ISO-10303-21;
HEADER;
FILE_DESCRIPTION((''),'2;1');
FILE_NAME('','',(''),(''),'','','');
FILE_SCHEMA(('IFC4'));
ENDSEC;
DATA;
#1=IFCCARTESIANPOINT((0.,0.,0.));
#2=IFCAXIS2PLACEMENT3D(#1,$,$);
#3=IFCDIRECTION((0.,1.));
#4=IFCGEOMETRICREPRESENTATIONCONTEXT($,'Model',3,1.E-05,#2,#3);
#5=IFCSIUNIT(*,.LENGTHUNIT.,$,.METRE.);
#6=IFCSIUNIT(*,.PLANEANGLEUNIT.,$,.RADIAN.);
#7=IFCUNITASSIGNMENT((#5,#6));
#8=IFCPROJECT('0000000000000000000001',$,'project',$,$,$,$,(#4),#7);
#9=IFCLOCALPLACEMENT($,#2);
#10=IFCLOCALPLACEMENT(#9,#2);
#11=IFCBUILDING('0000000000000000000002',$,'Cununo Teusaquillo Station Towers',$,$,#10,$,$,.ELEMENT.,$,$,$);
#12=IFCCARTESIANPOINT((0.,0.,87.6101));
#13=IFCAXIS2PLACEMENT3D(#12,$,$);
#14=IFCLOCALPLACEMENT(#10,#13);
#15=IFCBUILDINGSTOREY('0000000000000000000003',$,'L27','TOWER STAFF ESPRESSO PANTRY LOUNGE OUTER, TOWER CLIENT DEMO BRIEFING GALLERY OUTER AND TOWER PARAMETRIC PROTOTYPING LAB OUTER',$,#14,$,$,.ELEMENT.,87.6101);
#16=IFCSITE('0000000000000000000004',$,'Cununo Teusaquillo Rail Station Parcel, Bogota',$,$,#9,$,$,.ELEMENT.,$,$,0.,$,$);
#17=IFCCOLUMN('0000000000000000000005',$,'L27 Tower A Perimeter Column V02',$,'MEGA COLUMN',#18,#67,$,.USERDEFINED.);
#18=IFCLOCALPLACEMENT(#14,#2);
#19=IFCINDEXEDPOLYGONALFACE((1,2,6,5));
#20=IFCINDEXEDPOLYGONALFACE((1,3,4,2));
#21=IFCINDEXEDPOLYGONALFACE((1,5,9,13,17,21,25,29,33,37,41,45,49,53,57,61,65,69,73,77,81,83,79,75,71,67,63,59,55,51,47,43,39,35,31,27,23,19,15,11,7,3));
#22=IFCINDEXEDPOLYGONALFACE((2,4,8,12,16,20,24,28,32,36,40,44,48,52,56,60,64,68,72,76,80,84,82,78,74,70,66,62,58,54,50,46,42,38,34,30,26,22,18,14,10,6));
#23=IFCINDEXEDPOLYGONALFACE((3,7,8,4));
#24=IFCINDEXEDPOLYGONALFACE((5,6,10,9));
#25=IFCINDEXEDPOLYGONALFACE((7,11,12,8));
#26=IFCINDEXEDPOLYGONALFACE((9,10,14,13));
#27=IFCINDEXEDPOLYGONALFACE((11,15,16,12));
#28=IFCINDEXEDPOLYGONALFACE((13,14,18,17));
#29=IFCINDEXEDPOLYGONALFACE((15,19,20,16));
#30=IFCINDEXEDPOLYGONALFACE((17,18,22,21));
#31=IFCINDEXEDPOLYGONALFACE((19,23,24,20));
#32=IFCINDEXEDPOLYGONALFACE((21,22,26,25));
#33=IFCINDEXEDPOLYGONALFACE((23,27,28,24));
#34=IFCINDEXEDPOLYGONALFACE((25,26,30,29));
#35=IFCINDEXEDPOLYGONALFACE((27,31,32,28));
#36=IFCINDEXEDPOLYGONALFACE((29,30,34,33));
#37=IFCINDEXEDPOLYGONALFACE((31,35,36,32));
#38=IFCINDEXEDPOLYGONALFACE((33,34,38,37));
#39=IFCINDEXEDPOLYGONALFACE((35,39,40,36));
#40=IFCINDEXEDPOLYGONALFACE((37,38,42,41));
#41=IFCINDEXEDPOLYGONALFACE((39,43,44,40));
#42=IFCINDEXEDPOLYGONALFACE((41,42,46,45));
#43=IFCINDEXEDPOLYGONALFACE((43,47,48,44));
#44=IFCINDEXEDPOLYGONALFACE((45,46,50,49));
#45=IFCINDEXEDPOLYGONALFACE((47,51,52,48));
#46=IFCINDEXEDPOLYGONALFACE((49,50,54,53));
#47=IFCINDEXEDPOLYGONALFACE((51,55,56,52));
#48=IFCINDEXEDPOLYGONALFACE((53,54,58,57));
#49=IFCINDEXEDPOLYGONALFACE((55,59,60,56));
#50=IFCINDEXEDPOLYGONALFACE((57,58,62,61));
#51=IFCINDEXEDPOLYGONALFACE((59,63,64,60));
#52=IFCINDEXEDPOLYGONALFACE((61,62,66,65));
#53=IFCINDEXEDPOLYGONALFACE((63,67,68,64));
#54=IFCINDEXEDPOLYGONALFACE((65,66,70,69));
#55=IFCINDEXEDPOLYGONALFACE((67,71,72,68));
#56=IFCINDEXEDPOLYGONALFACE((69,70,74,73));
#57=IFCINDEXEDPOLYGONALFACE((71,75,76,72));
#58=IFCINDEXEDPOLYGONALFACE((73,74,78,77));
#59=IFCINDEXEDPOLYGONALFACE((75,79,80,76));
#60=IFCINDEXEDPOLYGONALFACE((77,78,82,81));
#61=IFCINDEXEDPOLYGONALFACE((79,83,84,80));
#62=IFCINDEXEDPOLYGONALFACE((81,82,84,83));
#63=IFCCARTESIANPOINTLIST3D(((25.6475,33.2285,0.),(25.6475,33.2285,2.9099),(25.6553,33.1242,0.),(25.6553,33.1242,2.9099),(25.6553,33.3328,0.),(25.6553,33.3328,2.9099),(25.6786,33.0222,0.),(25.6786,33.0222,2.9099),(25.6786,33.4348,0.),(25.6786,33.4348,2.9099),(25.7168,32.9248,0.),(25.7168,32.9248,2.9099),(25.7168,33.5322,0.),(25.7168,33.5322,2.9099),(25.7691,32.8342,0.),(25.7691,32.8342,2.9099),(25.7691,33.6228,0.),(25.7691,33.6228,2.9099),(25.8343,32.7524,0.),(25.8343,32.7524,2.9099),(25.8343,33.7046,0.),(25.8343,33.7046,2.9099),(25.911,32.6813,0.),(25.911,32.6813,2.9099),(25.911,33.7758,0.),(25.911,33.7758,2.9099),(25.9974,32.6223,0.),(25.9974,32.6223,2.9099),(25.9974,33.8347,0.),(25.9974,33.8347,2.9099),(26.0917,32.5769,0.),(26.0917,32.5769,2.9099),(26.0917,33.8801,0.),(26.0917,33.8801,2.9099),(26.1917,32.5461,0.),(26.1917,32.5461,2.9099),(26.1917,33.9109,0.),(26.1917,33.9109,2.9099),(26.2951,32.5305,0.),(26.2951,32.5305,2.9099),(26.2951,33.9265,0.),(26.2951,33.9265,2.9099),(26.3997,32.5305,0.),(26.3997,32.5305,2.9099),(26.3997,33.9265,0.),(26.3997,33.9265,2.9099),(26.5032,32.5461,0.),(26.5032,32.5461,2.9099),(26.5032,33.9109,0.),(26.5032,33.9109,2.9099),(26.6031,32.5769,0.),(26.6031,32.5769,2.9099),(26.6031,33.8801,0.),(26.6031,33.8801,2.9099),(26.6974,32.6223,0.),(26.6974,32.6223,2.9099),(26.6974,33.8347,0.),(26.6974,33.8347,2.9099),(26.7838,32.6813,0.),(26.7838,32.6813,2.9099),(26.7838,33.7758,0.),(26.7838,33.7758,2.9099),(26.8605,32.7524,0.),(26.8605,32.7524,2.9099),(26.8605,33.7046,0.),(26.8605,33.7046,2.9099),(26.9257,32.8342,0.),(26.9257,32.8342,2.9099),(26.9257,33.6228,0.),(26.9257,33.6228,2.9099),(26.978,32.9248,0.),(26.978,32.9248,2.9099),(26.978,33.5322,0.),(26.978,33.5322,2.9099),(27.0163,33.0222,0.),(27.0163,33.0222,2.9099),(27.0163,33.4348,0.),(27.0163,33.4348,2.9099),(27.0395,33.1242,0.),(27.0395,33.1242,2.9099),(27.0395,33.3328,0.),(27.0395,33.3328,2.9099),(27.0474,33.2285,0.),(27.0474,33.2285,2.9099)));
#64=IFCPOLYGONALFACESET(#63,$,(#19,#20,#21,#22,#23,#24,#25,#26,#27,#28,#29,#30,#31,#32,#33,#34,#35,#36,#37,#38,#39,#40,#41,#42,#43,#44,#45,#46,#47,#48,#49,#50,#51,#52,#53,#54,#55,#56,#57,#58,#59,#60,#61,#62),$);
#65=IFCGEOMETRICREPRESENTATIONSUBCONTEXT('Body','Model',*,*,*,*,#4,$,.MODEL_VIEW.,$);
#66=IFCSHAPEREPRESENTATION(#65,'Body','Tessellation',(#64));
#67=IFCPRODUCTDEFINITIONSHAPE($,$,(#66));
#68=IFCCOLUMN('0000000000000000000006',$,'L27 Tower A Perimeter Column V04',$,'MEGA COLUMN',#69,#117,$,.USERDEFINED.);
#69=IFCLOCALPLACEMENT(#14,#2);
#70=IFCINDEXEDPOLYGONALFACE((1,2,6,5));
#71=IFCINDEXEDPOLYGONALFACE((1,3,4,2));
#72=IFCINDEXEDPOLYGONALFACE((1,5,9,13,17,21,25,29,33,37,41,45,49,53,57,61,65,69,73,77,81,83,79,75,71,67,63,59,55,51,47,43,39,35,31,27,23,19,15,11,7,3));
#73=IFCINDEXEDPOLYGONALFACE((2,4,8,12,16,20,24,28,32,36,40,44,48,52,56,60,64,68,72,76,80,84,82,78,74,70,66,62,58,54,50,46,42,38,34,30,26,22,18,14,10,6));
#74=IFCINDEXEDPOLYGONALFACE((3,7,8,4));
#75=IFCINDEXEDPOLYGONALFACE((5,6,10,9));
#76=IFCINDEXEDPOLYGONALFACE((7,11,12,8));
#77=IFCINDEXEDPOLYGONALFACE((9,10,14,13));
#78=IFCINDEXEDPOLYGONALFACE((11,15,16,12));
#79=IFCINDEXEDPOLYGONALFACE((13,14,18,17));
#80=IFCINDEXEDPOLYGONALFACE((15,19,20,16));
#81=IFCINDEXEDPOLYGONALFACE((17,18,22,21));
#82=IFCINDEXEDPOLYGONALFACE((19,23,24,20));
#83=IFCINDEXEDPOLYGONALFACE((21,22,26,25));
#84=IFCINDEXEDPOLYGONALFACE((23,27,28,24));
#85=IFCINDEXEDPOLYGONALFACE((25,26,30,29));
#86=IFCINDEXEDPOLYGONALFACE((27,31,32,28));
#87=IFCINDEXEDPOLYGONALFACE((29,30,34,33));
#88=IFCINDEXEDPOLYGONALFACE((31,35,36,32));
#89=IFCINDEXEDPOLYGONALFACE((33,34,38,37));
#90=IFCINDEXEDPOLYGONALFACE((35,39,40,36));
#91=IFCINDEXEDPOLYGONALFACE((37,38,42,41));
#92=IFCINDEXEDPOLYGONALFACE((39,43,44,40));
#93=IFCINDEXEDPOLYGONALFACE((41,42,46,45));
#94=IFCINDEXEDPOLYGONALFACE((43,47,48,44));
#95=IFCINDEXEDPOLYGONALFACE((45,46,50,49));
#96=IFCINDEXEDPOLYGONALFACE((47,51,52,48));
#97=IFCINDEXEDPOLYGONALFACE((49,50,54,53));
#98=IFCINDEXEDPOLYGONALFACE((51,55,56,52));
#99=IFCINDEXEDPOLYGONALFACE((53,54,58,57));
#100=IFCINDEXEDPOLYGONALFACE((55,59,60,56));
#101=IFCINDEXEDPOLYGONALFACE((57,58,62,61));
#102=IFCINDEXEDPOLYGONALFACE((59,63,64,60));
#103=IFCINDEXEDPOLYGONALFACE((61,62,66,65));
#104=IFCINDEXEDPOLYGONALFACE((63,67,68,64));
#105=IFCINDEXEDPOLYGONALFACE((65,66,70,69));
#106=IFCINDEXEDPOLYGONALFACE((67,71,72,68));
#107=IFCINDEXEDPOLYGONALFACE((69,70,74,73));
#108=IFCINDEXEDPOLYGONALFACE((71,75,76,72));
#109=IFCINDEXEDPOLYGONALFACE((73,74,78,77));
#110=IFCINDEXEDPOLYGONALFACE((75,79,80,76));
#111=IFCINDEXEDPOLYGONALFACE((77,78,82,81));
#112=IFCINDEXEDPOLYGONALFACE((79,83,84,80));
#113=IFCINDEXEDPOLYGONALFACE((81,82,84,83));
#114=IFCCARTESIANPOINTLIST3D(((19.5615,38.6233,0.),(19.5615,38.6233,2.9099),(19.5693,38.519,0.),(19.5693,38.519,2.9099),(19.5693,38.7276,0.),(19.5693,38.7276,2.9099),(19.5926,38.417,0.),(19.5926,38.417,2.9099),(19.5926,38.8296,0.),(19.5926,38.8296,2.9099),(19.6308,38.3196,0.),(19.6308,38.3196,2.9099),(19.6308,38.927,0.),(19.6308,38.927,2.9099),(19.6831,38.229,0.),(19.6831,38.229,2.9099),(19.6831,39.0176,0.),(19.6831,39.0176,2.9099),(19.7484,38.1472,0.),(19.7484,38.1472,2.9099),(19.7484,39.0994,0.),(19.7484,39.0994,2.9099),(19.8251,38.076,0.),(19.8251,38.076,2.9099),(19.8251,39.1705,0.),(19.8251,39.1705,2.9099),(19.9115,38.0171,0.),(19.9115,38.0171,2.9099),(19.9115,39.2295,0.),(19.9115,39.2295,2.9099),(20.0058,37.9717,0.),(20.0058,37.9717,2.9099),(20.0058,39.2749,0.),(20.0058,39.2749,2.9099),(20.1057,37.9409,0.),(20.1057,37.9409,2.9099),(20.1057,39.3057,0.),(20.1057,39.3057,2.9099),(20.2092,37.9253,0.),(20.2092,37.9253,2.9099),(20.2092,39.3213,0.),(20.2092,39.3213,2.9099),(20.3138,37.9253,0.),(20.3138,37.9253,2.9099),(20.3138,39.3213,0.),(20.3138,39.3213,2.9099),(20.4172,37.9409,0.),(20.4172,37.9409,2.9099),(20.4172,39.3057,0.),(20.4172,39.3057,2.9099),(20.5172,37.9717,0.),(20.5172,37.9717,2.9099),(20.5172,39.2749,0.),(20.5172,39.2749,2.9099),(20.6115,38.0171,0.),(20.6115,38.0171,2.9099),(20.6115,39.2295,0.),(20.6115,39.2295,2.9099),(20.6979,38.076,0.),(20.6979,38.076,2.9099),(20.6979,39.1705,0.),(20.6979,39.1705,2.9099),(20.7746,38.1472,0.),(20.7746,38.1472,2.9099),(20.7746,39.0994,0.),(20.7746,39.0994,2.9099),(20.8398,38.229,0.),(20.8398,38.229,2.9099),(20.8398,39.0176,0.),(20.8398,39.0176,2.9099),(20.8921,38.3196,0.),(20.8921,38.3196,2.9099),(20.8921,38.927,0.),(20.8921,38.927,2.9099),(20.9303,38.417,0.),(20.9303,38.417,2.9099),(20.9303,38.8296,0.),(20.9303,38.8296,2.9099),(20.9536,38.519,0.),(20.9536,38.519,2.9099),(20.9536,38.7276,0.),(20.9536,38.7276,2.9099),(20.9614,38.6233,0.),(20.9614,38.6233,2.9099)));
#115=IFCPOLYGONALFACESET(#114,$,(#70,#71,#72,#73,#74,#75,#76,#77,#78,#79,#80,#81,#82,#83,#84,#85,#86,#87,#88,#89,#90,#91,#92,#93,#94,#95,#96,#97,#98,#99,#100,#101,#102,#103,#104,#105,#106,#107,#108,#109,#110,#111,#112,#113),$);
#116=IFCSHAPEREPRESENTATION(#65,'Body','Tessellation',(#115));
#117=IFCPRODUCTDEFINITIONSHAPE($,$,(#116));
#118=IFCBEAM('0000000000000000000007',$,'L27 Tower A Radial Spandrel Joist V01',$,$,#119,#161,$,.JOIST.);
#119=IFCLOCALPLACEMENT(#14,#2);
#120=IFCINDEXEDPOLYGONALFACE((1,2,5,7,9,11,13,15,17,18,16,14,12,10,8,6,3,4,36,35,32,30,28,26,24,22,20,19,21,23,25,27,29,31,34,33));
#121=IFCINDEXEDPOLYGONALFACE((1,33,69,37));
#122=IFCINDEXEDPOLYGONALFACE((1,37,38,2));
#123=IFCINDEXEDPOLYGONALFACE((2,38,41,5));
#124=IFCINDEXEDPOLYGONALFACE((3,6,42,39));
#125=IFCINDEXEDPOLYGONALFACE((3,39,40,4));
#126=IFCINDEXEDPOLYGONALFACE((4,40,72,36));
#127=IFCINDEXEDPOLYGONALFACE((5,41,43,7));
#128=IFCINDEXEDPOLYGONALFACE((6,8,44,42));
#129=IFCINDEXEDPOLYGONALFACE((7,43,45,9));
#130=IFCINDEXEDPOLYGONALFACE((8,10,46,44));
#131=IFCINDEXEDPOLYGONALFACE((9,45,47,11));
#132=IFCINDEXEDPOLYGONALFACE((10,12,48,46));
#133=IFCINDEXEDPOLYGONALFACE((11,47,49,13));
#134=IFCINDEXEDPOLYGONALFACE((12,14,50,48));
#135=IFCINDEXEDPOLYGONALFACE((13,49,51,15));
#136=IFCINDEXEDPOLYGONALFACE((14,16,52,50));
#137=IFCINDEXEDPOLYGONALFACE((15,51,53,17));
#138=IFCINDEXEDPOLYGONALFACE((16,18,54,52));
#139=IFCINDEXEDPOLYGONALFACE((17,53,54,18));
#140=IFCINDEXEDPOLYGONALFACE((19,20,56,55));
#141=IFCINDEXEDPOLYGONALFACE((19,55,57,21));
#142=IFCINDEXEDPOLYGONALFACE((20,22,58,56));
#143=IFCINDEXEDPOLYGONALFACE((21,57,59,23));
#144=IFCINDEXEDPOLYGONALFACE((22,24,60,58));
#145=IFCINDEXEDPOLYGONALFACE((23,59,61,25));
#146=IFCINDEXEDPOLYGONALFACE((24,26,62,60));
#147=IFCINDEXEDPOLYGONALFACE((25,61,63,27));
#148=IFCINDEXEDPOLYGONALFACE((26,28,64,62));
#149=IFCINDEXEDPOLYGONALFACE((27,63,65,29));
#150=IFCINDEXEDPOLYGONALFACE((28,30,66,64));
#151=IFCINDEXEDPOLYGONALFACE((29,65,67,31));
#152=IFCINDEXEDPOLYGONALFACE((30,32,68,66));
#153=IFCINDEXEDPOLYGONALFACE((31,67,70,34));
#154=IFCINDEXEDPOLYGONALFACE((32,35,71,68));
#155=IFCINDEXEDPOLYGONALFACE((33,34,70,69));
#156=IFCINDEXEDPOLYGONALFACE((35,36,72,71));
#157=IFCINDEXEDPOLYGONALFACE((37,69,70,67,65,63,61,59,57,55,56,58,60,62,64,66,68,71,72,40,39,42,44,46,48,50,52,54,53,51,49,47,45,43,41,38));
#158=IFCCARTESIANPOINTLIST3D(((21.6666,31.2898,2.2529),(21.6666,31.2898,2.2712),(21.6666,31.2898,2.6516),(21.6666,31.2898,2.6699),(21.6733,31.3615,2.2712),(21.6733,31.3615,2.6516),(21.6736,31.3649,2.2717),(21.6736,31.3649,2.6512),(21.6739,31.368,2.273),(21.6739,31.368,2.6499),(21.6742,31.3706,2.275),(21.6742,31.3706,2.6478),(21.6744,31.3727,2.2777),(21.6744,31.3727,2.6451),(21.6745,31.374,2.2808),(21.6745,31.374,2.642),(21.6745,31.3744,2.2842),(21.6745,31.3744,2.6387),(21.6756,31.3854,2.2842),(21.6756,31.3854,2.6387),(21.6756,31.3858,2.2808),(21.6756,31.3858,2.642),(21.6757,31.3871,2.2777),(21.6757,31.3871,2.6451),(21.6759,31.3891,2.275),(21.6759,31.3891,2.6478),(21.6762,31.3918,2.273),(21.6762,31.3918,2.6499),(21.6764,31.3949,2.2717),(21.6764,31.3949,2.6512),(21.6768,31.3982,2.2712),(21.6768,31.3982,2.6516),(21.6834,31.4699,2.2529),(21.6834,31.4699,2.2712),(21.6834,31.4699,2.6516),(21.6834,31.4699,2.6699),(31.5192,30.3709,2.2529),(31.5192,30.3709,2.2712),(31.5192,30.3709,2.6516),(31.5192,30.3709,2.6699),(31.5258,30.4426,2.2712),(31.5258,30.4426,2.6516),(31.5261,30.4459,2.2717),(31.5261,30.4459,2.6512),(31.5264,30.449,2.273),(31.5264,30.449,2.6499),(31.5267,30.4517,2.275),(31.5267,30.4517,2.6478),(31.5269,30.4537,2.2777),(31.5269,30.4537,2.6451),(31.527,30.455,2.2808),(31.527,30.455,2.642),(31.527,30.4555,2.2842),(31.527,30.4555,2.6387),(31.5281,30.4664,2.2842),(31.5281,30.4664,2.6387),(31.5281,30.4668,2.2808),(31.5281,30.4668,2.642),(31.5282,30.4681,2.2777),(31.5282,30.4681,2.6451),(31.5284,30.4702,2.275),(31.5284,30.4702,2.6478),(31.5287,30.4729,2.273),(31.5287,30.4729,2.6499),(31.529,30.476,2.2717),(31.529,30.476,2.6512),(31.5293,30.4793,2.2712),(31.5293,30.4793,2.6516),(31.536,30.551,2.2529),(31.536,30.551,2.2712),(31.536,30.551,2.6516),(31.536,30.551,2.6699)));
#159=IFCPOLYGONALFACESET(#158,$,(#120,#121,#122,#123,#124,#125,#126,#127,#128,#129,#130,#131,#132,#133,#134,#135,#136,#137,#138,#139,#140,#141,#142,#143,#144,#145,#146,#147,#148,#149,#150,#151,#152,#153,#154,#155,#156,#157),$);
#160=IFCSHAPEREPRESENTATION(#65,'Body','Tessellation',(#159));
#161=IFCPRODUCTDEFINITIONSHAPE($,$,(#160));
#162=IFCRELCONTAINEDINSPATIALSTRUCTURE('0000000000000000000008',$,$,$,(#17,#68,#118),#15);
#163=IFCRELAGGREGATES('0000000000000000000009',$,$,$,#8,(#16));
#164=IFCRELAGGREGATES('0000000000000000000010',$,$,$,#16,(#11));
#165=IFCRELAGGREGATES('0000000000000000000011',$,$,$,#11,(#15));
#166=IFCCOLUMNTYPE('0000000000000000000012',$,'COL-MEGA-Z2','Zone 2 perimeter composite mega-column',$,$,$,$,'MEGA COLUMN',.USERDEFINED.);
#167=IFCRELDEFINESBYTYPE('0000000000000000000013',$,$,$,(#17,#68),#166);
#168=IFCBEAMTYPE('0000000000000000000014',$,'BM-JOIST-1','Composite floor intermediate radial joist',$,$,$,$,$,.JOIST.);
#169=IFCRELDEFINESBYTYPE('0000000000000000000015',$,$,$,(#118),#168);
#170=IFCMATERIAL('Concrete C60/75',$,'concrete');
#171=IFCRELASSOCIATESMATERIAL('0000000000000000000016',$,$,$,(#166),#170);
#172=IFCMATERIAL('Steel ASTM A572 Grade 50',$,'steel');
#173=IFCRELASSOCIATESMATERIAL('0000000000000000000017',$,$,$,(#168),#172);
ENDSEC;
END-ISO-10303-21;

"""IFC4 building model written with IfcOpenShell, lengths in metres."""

from ifc_helpers import new_model, si_unit, direction, frame, origin, origin_2d, place, context, subcontext, project, spatial, circle, i_section, extrude, material, material_profile, profile_set, type_object, element, save


model = new_model("IFC4")

# Units and contexts
model_context = context("Model", 3, precision=1e-05, world=origin(), true_north=direction((0.0, 1.0)))
body_context = subcontext(model_context, "Body", "Model", "MODEL_VIEW")
ifc_project = project(units=[si_unit("LENGTHUNIT", "METRE"), si_unit("PLANEANGLEUNIT", "RADIAN")], contexts=[model_context])

# Site, building, storey
site_placement = place(None, origin())
site = spatial("IfcSite", under=ifc_project, at=site_placement, Name="Cununo Teusaquillo Rail Station Parcel, Bogota", CompositionType="ELEMENT", RefElevation=0.0)
building_placement = place(site_placement, origin())
building = spatial("IfcBuilding", under=site, at=building_placement, Name="Cununo Teusaquillo Station Towers", CompositionType="ELEMENT")
storey_placement = place(building_placement, frame((0.0, 0.0, 87.6101)))
storey = spatial("IfcBuildingStorey", under=building, at=storey_placement, Name="L27", Description="TOWER STAFF ESPRESSO PANTRY LOUNGE OUTER, TOWER CLIENT DEMO BRIEFING GALLERY OUTER AND TOWER PARAMETRIC PROTOTYPING LAB OUTER", CompositionType="ELEMENT", Elevation=87.6101)

# Columns
ifc_material_1 = material(Name="Concrete C60/75", Category="concrete")
ifc_material_profile_1 = material_profile(ifc_material_1, circle(Radius=0.7, at=origin_2d()), Name="RC-CIRC-1400")
ifc_profile_set_1 = profile_set([ifc_material_profile_1], Name="Concrete C60/75")
column_type = type_object("IfcColumnType", Name="COL-MEGA-Z2", Description="Zone 2 perimeter composite mega-column", ElementType="MEGA COLUMN", PredefinedType="USERDEFINED", material=ifc_profile_set_1)
for number, where, z_axis, x_axis, name in (
    (1, (26.3474, 33.2285, 0.0), (0.0, 0.0, 1.0), (1.0, 0.0, 0.0), "L27 Tower A Perimeter Column V02"),
    (2, (20.2615, 38.6233, 0.0), (0.0, 0.0, 1.0), (1.0, 0.0, 0.0), "L27 Tower A Perimeter Column V04"),
):
    element("IfcColumn", number, at=place(storey_placement, frame(where, z_axis=z_axis, x_axis=x_axis)), inside=storey, type_object=column_type, Name=name, ObjectType="MEGA COLUMN", PredefinedType="USERDEFINED", context=body_context, shape_type="SweptSolid", body=[
        extrude(circle(Radius=0.7, at=origin_2d()), origin(), (0.0, 0.0, 1.0), 2.9099),
    ])

# Beam
ifc_material_2 = material(Name="Steel ASTM A572 Grade 50", Category="steel")
ifc_material_profile_2 = material_profile(ifc_material_2, i_section(OverallWidth=0.1809, OverallDepth=0.417, WebThickness=0.011, FlangeThickness=0.0183, FilletRadius=0.0129, at=origin_2d()), Name="W16X57")
ifc_profile_set_2 = profile_set([ifc_material_profile_2], Name="Steel ASTM A572 Grade 50")
beam_type_1 = type_object("IfcBeamType", Name="BM-JOIST-1", Description="Composite floor intermediate radial joist", PredefinedType="JOIST", material=ifc_profile_set_2)
beam_1_placement = place(storey_placement, frame((21.675, 31.3799, 2.4614), z_axis=(0.995679, -0.092867, 0.0), x_axis=(0.092867, 0.995679, 0.0)))
element("IfcBeam", 3, at=beam_1_placement, inside=storey, type_object=beam_type_1, Name="L27 Tower A Radial Spandrel Joist V01", PredefinedType="JOIST", context=body_context, shape_type="SweptSolid", body=[
    extrude(i_section(OverallWidth=0.1809, OverallDepth=0.417, WebThickness=0.011, FlangeThickness=0.0183, FilletRadius=0.0129, at=origin_2d()), origin(), (0.0, 0.0, 1.0), 9.8953),
])

save(model, "model.ifc")
